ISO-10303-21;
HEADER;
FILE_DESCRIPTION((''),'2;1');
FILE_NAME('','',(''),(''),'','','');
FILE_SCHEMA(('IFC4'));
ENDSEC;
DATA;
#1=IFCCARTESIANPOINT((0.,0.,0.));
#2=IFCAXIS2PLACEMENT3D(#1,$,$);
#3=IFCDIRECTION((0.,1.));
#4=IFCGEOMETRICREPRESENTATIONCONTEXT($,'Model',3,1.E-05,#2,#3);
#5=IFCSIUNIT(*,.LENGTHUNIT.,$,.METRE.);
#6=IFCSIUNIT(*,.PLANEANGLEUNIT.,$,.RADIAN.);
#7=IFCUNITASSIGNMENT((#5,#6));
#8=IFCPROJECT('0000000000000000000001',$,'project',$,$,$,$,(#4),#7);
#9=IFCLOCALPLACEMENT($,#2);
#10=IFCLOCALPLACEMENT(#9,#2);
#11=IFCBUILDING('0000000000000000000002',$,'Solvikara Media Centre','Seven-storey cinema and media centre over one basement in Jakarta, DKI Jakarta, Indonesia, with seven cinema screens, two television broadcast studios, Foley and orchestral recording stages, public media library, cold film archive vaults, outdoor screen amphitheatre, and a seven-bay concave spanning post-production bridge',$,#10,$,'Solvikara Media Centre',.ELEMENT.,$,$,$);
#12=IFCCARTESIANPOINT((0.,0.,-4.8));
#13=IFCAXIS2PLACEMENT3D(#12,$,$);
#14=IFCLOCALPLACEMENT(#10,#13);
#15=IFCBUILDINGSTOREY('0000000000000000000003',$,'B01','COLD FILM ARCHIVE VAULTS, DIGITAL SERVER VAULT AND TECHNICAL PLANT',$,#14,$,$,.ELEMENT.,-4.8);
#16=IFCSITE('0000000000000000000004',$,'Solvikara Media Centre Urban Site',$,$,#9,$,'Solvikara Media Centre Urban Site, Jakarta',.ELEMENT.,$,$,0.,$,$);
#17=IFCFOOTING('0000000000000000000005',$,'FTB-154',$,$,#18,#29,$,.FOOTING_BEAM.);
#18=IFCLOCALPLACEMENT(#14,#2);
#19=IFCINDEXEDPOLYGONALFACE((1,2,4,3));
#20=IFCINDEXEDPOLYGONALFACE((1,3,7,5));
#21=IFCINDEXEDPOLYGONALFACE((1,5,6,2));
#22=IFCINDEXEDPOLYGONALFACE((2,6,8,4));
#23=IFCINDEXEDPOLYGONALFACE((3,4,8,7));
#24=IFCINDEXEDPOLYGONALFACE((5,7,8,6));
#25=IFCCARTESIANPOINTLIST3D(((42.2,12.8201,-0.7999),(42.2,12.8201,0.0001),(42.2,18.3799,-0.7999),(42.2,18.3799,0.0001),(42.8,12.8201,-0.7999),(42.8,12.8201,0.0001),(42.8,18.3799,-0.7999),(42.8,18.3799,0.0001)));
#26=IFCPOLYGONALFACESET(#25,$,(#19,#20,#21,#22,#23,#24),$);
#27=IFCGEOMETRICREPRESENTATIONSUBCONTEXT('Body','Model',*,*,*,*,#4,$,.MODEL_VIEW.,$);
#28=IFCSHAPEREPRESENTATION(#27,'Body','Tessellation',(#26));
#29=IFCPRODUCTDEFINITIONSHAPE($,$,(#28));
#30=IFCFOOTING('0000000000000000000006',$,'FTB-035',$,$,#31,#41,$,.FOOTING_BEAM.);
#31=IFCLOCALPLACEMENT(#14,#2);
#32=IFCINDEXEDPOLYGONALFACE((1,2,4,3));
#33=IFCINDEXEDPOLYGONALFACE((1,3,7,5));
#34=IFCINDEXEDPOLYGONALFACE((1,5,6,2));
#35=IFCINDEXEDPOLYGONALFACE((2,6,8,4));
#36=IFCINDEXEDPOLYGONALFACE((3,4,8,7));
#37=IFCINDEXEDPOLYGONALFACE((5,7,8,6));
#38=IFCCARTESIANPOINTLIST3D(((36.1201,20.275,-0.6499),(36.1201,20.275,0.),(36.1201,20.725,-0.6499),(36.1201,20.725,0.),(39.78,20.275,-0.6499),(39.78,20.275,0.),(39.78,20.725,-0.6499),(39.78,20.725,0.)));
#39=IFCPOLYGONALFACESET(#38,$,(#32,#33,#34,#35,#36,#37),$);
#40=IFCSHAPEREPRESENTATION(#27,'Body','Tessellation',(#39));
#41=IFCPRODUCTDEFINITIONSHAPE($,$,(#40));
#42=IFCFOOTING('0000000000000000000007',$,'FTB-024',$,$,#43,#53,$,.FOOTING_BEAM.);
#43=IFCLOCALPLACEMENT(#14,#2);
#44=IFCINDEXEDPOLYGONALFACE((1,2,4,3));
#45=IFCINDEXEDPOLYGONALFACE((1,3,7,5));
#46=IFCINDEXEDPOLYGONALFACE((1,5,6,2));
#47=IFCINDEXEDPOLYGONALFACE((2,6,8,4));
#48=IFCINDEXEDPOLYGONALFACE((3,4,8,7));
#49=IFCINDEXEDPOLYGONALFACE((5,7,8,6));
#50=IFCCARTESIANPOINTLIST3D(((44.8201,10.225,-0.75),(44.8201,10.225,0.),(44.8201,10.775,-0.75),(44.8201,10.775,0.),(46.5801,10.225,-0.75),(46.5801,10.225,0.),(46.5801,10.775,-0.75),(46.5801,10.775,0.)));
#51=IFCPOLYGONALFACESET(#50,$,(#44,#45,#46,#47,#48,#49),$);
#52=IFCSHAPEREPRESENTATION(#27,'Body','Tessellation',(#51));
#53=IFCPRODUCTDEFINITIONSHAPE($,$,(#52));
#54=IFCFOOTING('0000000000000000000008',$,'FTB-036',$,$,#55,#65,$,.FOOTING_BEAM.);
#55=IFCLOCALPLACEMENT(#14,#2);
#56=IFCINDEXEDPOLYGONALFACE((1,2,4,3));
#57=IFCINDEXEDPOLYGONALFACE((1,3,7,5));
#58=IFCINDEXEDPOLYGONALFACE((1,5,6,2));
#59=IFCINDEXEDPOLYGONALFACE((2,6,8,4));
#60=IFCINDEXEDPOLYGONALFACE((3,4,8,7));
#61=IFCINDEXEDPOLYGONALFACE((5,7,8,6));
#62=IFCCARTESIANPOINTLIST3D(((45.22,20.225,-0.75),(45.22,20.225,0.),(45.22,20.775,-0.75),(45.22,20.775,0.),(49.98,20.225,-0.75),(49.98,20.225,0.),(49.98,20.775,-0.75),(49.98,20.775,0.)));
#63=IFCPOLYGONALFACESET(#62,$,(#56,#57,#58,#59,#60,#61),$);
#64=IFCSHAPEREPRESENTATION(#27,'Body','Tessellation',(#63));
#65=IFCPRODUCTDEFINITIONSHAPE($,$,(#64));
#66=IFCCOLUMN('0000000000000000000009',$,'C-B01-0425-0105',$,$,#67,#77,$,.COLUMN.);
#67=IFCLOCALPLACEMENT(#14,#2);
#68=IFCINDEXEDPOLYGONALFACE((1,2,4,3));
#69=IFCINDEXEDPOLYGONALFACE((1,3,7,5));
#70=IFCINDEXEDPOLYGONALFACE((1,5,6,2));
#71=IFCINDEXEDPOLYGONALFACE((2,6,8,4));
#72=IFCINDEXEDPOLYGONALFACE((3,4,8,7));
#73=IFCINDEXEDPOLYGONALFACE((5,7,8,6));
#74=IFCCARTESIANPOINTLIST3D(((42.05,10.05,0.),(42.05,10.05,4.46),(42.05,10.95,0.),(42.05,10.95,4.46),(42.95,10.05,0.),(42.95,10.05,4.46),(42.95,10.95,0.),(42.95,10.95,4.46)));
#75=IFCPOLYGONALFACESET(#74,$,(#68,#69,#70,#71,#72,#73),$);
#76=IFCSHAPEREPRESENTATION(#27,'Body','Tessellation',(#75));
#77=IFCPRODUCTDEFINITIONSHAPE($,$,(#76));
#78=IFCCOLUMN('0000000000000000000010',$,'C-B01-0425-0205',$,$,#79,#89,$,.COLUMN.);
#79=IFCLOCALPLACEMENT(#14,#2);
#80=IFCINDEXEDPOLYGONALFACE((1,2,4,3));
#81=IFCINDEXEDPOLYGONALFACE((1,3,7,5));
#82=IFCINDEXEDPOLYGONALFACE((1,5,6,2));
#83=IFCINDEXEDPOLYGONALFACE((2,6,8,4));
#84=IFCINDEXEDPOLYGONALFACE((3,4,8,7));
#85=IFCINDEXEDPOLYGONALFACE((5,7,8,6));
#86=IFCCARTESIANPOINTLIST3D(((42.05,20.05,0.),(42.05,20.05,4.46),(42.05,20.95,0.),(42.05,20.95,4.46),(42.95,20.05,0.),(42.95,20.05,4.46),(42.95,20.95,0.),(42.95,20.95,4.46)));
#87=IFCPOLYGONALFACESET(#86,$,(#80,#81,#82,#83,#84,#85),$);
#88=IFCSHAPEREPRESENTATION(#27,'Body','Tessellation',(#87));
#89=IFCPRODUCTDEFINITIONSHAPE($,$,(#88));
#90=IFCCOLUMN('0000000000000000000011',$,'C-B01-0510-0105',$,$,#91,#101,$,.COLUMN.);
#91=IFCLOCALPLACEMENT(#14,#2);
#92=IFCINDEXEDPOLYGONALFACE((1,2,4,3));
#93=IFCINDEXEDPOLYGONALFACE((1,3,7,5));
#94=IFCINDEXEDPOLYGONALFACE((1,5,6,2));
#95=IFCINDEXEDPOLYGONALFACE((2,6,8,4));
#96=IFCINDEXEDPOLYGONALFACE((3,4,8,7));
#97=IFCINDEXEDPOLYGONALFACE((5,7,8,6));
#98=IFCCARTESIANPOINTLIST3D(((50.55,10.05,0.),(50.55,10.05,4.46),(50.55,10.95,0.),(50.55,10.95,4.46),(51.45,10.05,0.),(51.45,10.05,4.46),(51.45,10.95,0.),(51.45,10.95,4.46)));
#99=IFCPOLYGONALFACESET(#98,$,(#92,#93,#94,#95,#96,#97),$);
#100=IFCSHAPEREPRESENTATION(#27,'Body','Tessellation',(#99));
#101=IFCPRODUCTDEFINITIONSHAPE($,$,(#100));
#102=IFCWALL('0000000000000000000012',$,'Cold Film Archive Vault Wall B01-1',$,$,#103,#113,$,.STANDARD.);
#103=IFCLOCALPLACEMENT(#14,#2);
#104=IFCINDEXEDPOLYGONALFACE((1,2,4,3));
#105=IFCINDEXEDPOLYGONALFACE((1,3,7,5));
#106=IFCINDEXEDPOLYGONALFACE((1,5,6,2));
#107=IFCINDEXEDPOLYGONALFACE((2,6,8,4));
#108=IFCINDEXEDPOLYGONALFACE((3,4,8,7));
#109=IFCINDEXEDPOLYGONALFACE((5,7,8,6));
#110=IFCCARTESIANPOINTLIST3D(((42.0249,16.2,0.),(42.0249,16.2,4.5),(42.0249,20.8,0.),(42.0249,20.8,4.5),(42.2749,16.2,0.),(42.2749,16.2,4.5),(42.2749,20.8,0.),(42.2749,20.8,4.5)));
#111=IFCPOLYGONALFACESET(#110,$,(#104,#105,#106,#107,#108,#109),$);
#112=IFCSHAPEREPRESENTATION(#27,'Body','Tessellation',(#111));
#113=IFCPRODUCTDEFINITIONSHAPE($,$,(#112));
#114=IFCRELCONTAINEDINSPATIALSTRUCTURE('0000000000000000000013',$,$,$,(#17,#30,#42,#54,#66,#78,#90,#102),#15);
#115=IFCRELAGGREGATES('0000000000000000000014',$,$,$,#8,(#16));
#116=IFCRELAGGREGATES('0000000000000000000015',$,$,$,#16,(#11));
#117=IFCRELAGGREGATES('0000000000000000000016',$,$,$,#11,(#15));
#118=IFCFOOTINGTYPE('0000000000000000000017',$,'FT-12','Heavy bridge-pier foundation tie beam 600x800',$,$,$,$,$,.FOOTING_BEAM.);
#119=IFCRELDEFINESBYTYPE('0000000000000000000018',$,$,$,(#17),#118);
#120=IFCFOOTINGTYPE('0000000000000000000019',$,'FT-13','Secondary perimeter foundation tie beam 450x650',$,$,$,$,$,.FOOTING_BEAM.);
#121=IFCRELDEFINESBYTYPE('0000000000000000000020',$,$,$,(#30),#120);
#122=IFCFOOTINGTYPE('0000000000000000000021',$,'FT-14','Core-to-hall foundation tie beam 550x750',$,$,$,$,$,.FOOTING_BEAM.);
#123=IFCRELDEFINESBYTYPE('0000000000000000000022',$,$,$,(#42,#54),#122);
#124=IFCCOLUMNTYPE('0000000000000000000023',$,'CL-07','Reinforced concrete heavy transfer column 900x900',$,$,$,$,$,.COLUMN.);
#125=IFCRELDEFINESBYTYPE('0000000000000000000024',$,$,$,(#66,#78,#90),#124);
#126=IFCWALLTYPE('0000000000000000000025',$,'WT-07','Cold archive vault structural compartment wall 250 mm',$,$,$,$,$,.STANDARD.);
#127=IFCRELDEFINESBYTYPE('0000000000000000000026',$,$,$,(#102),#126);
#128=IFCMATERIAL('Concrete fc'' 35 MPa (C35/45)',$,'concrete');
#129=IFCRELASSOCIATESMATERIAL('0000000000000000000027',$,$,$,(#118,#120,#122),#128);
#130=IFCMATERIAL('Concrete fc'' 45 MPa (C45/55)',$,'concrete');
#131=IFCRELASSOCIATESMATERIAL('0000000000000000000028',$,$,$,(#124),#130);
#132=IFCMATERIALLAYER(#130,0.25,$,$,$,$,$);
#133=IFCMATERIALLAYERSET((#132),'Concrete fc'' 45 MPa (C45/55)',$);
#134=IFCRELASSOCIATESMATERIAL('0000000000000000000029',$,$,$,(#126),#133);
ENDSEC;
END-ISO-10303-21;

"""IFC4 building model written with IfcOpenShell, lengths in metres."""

from ifc_helpers import new_model, si_unit, direction, frame, frame_2d, origin, origin_2d, place, context, subcontext, project, spatial, rectangle, extrude, material, layer, layer_set, material_profile, profile_set, type_object, element, save


model = new_model("IFC4")

# Units and contexts
model_context = context("Model", 3, precision=1e-05, world=origin(), true_north=direction((0.0, 1.0)))
body_context = subcontext(model_context, "Body", "Model", "MODEL_VIEW")
ifc_project = project(units=[si_unit("LENGTHUNIT", "METRE"), si_unit("PLANEANGLEUNIT", "RADIAN")], contexts=[model_context])

# Site, building, storey
site_placement = place(None, origin())
site = spatial("IfcSite", under=ifc_project, at=site_placement, Name="Solvikara Media Centre Urban Site", LongName="Solvikara Media Centre Urban Site, Jakarta", CompositionType="ELEMENT", RefElevation=0.0)
building_placement = place(site_placement, origin())
building = spatial("IfcBuilding", under=site, at=building_placement, Name="Solvikara Media Centre", Description="Seven-storey cinema and media centre over one basement in Jakarta, DKI Jakarta, Indonesia, with seven cinema screens, two television broadcast studios, Foley and orchestral recording stages, public media library, cold film archive vaults, outdoor screen amphitheatre, and a seven-bay concave spanning post-production bridge", LongName="Solvikara Media Centre", CompositionType="ELEMENT")
storey_placement = place(building_placement, frame((0.0, 0.0, -4.8)))
storey = spatial("IfcBuildingStorey", under=building, at=storey_placement, Name="B01", Description="COLD FILM ARCHIVE VAULTS, DIGITAL SERVER VAULT AND TECHNICAL PLANT", CompositionType="ELEMENT", Elevation=-4.8)

# Shared definitions
ifc_material_1 = material(Name="Concrete fc' 35 MPa (C35/45)", Category="concrete")

# Footings
ifc_material_profile_1 = material_profile(ifc_material_1, rectangle(XDim=0.6001, YDim=0.8, at=origin_2d()), Name="RC 600x800")
ifc_profile_set_1 = profile_set([ifc_material_profile_1], Name="Concrete fc' 35 MPa (C35/45)")
footing_type_1 = type_object("IfcFootingType", Name="FT-12", Description="Heavy bridge-pier foundation tie beam 600x800", PredefinedType="FOOTING_BEAM", material=ifc_profile_set_1)
footing_1_placement = place(storey_placement, frame((42.5, 12.8201, -0.3999), z_axis=(0.0, 1.0, 0.0), x_axis=(-1.0, 0.0, 0.0)))
element("IfcFooting", 1, at=footing_1_placement, inside=storey, type_object=footing_type_1, Name="FTB-154", PredefinedType="FOOTING_BEAM", context=body_context, shape_type="SweptSolid", body=[
    extrude(rectangle(XDim=0.6001, YDim=0.8, at=origin_2d()), origin(), (0.0, 0.0, 1.0), 5.5598),
])
ifc_material_profile_2 = material_profile(ifc_material_1, rectangle(XDim=0.45, YDim=0.6499, at=origin_2d()), Name="RC 450x650")
ifc_profile_set_2 = profile_set([ifc_material_profile_2], Name="Concrete fc' 35 MPa (C35/45)")
footing_type_2 = type_object("IfcFootingType", Name="FT-13", Description="Secondary perimeter foundation tie beam 450x650", PredefinedType="FOOTING_BEAM", material=ifc_profile_set_2)
footing_2_placement = place(storey_placement, frame((36.1201, 20.5, -0.325), z_axis=(1.0, 0.0, 0.0), x_axis=(0.0, 1.0, 0.0)))
element("IfcFooting", 2, at=footing_2_placement, inside=storey, type_object=footing_type_2, Name="FTB-035", PredefinedType="FOOTING_BEAM", context=body_context, shape_type="SweptSolid", body=[
    extrude(rectangle(XDim=0.45, YDim=0.6499, at=origin_2d()), origin(), (0.0, 0.0, 1.0), 3.6599),
])
ifc_material_profile_3 = material_profile(ifc_material_1, rectangle(XDim=0.55, YDim=0.75, at=origin_2d()), Name="RC 550x750")
ifc_profile_set_3 = profile_set([ifc_material_profile_3], Name="Concrete fc' 35 MPa (C35/45)")
footing_type_3 = type_object("IfcFootingType", Name="FT-14", Description="Core-to-hall foundation tie beam 550x750", PredefinedType="FOOTING_BEAM", material=ifc_profile_set_3)
footing_3_placement = place(storey_placement, frame((44.8201, 10.5, -0.375), z_axis=(1.0, 0.0, 0.0), x_axis=(0.0, 1.0, 0.0)))
element("IfcFooting", 3, at=footing_3_placement, inside=storey, type_object=footing_type_3, Name="FTB-024", PredefinedType="FOOTING_BEAM", context=body_context, shape_type="SweptSolid", body=[
    extrude(rectangle(XDim=0.55, YDim=0.75, at=origin_2d()), origin(), (0.0, 0.0, 1.0), 1.76),
])
footing_4_placement = place(storey_placement, frame((45.22, 20.5, -0.375), z_axis=(1.0, 0.0, 0.0), x_axis=(0.0, 1.0, 0.0)))
element("IfcFooting", 4, at=footing_4_placement, inside=storey, type_object=footing_type_3, Name="FTB-036", PredefinedType="FOOTING_BEAM", context=body_context, shape_type="SweptSolid", body=[
    extrude(rectangle(XDim=0.55, YDim=0.75, at=origin_2d()), origin(), (0.0, 0.0, 1.0), 4.76),
])

# Columns
ifc_material_2 = material(Name="Concrete fc' 45 MPa (C45/55)", Category="concrete")
ifc_material_profile_4 = material_profile(ifc_material_2, rectangle(XDim=0.8999, YDim=0.8999, at=origin_2d()), Name="RC 900x900")
ifc_profile_set_4 = profile_set([ifc_material_profile_4], Name="Concrete fc' 45 MPa (C45/55)")
column_type = type_object("IfcColumnType", Name="CL-07", Description="Reinforced concrete heavy transfer column 900x900", PredefinedType="COLUMN", material=ifc_profile_set_4)
for number, where, z_axis, x_axis, name in (
    (5, (42.5, 10.5, 0.0), (0.0, 0.0, 1.0), (1.0, 0.0, 0.0), "C-B01-0425-0105"),
    (6, (42.5, 20.5, 0.0), (0.0, 0.0, 1.0), (1.0, 0.0, 0.0), "C-B01-0425-0205"),
    (7, (51.0, 10.5, 0.0), (0.0, 0.0, 1.0), (1.0, 0.0, 0.0), "C-B01-0510-0105"),
):
    element("IfcColumn", number, at=place(storey_placement, frame(where, z_axis=z_axis, x_axis=x_axis)), inside=storey, type_object=column_type, Name=name, PredefinedType="COLUMN", context=body_context, shape_type="SweptSolid", body=[
        extrude(rectangle(XDim=0.8999, YDim=0.8999, at=origin_2d()), origin(), (0.0, 0.0, 1.0), 4.46),
    ])

# Wall
ifc_layer = layer(ifc_material_2, 0.25)
ifc_layer_set = layer_set([ifc_layer], Name="Concrete fc' 45 MPa (C45/55)")
wall_type = type_object("IfcWallType", Name="WT-07", Description="Cold archive vault structural compartment wall 250 mm", PredefinedType="STANDARD", material=ifc_layer_set)
wall_placement = place(storey_placement, frame((42.1499, 16.2, 0.0), z_axis=(0.0, 0.0, 1.0), x_axis=(0.0, 1.0, 0.0)))
element("IfcWall", 8, at=wall_placement, inside=storey, type_object=wall_type, Name="Cold Film Archive Vault Wall B01-1", PredefinedType="STANDARD", context=body_context, shape_type="SweptSolid", body=[
    extrude(rectangle(XDim=4.6001, YDim=0.25, at=frame_2d((2.3, 0.0))), origin(), (0.0, 0.0, 1.0), 4.5),
])

save(model, "model.ifc")
